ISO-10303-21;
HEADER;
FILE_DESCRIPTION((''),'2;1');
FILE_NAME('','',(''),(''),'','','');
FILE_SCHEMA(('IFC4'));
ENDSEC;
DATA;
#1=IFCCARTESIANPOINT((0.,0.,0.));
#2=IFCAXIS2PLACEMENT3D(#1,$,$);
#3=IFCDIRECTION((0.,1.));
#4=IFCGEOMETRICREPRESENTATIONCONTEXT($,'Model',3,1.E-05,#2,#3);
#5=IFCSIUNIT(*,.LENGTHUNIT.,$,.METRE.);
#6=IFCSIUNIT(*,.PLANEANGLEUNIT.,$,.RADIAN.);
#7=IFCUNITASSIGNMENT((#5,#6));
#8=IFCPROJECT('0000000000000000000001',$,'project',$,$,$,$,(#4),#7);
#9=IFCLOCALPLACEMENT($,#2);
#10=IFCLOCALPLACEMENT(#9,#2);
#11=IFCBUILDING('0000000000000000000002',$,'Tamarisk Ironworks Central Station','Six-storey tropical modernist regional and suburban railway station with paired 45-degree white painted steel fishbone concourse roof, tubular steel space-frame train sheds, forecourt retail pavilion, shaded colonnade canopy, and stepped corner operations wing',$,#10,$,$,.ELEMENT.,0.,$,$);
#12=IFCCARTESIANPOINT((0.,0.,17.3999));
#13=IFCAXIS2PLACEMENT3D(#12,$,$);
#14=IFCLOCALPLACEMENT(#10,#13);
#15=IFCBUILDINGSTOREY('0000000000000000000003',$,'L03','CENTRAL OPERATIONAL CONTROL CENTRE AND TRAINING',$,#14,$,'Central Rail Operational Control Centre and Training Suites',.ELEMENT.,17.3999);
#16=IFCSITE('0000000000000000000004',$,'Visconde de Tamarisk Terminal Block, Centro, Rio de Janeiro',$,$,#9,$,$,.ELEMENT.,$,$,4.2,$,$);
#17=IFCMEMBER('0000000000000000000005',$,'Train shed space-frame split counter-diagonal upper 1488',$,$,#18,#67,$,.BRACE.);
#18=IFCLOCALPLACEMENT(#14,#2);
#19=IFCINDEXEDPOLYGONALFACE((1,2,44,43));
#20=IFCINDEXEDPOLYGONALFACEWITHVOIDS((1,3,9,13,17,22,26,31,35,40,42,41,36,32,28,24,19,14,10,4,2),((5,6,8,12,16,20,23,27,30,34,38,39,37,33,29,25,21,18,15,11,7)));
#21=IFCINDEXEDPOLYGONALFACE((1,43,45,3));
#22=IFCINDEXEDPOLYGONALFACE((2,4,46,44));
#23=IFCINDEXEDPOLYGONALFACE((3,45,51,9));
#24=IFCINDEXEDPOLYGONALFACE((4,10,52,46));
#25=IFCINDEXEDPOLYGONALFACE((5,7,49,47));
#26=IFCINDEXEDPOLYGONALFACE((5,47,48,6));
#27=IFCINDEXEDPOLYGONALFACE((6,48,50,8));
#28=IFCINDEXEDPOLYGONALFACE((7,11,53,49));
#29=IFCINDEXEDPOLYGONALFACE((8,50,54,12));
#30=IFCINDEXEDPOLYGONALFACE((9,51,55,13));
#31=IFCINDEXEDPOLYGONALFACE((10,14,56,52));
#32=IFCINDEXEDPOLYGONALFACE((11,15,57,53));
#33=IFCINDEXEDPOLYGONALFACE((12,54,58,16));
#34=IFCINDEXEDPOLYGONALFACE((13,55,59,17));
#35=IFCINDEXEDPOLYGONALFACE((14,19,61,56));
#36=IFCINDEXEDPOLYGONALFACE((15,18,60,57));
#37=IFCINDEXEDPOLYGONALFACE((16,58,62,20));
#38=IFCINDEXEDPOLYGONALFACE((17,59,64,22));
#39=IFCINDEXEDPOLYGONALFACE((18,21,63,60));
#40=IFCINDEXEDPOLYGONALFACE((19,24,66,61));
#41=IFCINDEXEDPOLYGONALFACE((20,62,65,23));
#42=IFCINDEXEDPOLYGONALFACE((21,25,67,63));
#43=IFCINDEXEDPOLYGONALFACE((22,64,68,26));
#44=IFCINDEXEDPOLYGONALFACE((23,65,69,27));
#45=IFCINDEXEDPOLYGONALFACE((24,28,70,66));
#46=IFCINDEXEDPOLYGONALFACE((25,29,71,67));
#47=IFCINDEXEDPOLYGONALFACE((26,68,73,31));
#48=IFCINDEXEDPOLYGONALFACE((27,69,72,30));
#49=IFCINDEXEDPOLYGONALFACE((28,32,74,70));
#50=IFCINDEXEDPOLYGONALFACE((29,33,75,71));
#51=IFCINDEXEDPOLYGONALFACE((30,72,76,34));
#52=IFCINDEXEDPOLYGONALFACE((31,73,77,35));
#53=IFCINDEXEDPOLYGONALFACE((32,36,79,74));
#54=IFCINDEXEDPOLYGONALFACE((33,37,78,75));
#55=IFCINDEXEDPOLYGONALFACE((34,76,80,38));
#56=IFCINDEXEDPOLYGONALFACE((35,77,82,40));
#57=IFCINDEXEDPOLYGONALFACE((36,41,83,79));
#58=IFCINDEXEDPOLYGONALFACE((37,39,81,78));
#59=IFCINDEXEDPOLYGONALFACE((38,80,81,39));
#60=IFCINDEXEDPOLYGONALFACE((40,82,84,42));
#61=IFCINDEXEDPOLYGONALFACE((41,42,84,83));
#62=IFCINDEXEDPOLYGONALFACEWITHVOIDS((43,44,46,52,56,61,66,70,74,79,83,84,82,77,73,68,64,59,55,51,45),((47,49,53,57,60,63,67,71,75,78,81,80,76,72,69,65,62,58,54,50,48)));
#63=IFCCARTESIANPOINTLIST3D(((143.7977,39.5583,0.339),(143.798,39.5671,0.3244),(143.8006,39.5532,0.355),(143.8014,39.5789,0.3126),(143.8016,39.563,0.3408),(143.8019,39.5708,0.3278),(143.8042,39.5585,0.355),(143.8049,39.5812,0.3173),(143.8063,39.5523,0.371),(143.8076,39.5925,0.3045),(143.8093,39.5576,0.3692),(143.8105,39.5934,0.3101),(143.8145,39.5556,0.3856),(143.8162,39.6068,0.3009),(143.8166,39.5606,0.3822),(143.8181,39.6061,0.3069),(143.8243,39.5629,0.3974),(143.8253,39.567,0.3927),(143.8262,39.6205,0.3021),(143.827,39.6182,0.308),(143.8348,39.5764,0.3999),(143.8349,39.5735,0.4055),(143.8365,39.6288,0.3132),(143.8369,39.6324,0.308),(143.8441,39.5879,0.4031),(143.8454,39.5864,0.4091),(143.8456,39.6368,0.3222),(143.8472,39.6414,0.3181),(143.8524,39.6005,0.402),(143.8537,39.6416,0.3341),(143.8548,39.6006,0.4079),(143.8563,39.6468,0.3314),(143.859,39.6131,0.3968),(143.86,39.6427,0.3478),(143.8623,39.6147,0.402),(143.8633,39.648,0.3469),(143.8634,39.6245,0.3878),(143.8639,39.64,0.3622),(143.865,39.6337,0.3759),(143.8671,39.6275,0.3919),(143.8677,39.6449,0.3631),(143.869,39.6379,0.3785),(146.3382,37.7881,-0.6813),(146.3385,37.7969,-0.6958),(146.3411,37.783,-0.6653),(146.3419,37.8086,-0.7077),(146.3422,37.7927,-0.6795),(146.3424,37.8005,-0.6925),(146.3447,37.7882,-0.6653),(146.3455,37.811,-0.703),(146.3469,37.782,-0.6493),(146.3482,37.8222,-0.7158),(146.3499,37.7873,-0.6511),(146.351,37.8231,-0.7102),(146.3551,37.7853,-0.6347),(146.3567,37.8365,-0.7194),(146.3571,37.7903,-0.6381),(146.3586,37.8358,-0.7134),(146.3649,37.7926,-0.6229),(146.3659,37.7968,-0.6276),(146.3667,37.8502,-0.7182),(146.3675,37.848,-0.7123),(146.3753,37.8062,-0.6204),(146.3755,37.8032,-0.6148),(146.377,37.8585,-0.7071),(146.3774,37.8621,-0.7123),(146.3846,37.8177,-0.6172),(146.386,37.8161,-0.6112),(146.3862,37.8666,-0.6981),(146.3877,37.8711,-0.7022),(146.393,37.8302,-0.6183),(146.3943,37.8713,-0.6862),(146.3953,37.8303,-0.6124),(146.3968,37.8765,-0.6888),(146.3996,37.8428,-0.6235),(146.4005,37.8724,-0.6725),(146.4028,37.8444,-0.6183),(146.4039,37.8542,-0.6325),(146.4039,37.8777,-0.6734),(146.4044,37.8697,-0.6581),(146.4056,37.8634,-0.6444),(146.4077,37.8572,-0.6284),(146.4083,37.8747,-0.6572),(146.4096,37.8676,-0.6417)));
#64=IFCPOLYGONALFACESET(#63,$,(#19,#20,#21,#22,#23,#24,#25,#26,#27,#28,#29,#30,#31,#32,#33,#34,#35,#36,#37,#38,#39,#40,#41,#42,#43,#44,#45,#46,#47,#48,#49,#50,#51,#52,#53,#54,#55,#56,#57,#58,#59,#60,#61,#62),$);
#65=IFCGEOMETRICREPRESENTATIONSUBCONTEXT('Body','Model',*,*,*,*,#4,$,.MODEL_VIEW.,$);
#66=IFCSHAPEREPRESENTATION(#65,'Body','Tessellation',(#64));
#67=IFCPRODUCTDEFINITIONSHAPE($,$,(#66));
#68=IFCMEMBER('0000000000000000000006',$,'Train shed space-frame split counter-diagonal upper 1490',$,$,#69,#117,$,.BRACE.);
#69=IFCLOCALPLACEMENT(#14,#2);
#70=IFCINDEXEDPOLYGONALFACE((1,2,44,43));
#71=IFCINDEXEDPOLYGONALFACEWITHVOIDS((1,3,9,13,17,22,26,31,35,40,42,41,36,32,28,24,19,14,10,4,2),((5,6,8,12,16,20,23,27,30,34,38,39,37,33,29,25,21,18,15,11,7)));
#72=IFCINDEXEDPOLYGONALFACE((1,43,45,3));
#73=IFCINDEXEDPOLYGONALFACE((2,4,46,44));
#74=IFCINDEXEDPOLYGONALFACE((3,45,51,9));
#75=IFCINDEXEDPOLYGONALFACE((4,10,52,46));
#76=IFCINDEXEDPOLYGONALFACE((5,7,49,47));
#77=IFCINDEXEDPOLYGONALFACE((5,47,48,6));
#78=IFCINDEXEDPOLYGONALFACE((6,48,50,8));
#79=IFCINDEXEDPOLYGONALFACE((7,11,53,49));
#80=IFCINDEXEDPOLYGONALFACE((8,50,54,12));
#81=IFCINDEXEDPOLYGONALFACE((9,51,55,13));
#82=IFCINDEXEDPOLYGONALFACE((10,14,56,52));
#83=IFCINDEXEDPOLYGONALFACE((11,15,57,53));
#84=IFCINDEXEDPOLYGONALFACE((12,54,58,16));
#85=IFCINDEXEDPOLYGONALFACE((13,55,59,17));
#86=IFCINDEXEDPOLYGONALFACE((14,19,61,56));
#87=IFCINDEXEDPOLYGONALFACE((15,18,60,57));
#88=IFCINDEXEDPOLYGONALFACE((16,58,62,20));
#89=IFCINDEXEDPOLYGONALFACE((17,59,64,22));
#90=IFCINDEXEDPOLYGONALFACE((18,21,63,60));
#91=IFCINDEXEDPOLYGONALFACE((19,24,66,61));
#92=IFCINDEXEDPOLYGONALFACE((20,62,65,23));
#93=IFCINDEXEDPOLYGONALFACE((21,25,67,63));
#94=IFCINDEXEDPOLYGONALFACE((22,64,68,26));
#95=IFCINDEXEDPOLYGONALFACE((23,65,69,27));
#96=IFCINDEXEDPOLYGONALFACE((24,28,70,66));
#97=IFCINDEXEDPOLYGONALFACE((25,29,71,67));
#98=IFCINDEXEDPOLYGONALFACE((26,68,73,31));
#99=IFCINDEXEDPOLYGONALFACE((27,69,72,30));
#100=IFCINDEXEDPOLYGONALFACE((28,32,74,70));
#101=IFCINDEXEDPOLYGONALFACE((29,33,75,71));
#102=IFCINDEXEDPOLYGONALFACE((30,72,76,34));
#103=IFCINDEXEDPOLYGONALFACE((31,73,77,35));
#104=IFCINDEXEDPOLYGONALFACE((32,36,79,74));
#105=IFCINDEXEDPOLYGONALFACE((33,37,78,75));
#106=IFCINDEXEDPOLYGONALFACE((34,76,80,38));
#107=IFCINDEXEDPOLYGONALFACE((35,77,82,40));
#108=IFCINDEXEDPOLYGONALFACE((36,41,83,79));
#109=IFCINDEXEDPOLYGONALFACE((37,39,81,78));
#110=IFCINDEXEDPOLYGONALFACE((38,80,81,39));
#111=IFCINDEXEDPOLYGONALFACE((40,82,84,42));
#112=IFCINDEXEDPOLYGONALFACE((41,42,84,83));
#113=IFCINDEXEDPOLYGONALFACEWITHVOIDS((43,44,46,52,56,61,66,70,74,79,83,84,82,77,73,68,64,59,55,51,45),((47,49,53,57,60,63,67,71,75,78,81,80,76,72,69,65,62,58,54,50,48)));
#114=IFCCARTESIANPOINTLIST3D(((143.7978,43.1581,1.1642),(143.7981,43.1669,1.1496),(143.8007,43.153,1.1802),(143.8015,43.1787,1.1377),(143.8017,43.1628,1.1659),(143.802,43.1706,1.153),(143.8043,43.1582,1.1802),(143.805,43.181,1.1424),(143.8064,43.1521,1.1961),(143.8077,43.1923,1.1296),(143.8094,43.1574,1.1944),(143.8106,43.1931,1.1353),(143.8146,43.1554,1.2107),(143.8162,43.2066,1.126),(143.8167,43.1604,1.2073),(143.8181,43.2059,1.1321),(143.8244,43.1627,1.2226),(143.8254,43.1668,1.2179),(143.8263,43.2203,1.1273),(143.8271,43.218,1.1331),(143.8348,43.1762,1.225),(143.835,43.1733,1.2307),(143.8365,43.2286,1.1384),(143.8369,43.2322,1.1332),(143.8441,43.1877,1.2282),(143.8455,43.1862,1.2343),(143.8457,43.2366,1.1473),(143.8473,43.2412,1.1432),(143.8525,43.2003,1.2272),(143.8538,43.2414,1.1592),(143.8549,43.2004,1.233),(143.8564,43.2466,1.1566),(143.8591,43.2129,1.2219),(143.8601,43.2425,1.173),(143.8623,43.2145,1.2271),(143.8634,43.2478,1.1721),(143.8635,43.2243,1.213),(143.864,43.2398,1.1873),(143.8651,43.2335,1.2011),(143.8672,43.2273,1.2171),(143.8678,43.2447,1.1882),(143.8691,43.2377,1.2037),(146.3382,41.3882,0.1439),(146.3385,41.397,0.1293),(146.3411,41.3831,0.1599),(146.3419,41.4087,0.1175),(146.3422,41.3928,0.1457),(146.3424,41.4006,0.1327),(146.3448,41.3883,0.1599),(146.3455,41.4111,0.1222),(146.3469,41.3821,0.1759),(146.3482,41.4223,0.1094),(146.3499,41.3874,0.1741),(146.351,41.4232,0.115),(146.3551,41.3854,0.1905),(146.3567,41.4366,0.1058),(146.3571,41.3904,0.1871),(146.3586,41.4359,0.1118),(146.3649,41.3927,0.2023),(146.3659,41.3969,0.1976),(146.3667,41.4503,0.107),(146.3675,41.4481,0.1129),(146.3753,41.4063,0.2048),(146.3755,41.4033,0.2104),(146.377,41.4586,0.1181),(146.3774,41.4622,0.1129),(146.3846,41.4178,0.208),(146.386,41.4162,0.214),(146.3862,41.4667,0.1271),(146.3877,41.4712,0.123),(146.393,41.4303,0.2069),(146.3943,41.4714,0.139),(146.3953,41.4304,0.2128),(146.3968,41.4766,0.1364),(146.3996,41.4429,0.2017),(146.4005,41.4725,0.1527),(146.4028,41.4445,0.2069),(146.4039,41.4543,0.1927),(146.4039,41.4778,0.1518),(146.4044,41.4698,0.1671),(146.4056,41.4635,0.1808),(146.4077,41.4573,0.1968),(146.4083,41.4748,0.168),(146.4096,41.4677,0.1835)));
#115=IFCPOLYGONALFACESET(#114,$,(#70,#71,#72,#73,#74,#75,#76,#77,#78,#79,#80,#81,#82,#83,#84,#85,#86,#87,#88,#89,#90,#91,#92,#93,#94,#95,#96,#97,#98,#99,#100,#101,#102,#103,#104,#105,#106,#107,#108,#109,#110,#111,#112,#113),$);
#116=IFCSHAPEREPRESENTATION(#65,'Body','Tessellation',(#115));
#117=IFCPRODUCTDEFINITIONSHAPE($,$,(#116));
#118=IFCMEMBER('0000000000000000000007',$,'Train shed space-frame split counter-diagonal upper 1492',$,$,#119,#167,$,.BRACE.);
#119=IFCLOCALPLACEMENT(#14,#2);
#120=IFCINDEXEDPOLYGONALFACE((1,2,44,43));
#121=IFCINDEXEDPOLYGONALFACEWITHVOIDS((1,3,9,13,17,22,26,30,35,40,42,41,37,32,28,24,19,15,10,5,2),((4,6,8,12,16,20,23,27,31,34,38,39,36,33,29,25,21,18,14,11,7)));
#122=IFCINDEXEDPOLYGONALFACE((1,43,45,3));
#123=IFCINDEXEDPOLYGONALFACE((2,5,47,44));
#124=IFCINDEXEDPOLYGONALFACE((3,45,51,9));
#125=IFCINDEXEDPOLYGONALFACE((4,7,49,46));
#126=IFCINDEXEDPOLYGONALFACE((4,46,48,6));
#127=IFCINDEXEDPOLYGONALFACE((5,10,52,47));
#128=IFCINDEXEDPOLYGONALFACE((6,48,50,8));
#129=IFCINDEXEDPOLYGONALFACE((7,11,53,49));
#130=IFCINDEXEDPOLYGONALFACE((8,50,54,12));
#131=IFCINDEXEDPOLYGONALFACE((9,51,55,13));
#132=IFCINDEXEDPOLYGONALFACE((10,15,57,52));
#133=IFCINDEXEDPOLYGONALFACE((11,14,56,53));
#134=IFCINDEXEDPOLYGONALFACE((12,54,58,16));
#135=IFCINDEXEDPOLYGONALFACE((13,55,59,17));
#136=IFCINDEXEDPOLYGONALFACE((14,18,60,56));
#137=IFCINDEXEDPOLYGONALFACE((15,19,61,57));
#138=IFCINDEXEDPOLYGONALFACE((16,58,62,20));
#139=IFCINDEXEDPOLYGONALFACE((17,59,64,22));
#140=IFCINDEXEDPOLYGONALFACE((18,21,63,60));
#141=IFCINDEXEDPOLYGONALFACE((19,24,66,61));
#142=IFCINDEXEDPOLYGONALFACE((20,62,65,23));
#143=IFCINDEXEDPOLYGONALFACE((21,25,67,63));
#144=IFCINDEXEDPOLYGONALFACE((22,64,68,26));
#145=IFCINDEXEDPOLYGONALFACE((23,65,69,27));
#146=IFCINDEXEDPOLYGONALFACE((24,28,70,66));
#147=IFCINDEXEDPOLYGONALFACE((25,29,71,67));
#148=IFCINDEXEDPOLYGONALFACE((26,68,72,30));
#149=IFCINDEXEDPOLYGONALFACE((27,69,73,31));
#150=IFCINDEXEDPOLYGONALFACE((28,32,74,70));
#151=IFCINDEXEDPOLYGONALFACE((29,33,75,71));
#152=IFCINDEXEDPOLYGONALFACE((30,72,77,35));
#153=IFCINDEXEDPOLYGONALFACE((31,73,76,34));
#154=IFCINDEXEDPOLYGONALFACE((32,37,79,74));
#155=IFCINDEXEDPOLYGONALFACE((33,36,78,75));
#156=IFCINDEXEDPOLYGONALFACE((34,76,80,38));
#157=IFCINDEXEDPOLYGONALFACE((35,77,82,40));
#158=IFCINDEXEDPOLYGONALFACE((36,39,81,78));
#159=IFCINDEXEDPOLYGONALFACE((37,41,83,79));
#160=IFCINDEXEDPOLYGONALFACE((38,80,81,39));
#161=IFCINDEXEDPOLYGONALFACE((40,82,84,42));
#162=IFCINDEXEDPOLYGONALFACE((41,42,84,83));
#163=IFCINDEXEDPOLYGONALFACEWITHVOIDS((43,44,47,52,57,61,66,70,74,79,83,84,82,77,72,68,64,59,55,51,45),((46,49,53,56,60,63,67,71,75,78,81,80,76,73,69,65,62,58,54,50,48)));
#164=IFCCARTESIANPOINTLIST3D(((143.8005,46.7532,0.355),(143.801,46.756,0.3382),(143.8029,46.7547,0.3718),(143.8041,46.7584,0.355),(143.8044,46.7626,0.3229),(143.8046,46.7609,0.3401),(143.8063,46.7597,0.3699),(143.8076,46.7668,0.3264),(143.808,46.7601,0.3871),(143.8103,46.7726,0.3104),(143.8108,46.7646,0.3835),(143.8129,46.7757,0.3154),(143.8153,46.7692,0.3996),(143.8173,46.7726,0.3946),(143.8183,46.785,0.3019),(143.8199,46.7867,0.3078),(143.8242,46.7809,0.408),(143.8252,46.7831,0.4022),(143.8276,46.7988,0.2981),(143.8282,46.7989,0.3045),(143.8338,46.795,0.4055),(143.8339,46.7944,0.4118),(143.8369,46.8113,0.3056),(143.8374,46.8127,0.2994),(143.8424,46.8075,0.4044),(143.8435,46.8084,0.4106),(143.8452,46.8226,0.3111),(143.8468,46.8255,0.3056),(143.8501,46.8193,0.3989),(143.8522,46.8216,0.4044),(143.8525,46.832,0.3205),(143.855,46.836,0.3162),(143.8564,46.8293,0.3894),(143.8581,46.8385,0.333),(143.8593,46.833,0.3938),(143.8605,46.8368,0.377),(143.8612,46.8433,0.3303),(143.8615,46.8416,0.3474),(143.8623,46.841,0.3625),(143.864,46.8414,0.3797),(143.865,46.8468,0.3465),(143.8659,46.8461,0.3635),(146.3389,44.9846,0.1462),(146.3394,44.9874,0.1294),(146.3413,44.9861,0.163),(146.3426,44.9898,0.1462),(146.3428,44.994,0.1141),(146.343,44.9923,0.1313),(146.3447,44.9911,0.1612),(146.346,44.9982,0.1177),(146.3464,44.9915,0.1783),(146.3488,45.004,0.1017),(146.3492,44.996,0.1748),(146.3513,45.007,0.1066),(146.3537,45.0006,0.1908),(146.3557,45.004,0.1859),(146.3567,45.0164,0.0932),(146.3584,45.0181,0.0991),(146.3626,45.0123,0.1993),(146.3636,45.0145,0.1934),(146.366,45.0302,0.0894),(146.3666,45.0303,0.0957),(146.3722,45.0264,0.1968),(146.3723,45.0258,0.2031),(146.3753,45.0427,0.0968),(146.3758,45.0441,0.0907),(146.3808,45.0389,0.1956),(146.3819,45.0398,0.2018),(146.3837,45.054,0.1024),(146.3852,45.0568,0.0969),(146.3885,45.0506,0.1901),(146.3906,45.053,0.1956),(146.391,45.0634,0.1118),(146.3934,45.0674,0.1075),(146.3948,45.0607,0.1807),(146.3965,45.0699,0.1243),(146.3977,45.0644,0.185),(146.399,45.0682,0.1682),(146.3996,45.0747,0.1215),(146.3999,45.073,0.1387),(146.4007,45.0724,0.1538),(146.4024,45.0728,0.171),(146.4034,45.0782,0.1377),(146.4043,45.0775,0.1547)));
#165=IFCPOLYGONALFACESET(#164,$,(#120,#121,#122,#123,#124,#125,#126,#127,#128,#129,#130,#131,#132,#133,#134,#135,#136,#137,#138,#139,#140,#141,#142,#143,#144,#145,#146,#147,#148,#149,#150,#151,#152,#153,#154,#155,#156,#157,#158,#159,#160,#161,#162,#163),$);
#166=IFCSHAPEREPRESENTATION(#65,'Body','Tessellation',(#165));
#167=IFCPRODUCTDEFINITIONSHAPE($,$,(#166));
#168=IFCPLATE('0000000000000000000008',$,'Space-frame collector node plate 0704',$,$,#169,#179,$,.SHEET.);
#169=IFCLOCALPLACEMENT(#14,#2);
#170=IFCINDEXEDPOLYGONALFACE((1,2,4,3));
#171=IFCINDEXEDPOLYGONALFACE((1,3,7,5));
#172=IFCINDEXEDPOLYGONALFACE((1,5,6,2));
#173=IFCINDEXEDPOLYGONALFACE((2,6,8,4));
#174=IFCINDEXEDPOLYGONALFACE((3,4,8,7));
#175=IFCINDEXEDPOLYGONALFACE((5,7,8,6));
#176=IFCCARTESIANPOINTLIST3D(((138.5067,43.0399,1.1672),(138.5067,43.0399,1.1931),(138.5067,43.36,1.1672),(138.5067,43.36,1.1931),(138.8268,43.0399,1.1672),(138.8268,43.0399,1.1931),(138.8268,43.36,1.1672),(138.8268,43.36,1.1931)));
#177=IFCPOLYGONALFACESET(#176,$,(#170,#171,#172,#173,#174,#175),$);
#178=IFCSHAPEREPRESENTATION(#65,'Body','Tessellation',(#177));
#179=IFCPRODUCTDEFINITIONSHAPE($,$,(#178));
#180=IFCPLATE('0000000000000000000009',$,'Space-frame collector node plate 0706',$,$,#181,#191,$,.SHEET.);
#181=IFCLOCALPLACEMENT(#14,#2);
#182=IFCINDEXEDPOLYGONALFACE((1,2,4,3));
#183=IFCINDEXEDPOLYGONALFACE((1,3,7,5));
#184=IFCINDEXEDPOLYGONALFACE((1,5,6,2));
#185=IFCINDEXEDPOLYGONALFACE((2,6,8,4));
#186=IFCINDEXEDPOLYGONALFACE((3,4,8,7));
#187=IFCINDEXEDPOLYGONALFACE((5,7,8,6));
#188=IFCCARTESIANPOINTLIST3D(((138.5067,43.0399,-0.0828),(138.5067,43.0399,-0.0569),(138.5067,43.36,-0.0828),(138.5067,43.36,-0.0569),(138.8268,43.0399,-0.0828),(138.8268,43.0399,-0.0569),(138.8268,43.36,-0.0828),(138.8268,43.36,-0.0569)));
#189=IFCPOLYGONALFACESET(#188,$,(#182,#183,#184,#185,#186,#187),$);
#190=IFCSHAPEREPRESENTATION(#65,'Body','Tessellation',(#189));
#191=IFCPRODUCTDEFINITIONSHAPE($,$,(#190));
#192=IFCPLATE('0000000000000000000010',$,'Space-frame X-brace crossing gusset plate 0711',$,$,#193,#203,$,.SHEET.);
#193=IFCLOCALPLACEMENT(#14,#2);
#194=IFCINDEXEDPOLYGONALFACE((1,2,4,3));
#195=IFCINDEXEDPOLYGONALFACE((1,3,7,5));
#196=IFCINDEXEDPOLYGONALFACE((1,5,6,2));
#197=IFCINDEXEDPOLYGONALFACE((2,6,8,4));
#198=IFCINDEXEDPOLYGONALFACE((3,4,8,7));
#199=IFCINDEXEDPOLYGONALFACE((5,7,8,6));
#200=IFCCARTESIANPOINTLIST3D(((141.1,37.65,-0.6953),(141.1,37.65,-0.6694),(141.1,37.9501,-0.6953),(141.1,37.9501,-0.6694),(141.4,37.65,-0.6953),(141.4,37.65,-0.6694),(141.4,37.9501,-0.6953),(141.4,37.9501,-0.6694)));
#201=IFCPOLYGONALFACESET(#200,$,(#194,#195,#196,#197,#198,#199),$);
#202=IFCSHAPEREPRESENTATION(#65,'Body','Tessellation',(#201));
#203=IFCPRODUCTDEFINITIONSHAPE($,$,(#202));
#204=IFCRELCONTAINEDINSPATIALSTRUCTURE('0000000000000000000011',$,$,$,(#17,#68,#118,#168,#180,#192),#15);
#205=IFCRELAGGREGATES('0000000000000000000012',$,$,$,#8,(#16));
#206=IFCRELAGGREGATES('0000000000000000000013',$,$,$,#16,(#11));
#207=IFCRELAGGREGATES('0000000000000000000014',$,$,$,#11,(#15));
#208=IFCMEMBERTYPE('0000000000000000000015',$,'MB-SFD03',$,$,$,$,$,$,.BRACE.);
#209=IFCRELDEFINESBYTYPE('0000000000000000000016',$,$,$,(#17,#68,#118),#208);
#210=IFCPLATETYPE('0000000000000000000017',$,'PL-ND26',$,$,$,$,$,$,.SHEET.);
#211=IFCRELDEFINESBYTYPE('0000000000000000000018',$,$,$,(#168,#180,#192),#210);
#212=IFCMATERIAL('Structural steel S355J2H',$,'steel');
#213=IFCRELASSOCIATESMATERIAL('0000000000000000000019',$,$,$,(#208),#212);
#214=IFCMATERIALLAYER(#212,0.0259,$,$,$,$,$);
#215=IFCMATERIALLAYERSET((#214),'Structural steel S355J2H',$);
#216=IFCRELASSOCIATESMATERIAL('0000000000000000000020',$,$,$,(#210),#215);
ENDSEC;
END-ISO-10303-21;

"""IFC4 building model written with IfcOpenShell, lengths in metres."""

from ifc_helpers import new_model, si_unit, direction, frame, origin, origin_2d, place, context, subcontext, project, spatial, rectangle, hollow_circle, extrude, material, layer, layer_set, material_profile, profile_set, type_object, element, save


model = new_model("IFC4")

# Units and contexts
model_context = context("Model", 3, precision=1e-05, world=origin(), true_north=direction((0.0, 1.0)))
body_context = subcontext(model_context, "Body", "Model", "MODEL_VIEW")
ifc_project = project(units=[si_unit("LENGTHUNIT", "METRE"), si_unit("PLANEANGLEUNIT", "RADIAN")], contexts=[model_context])

# Site, building, storey
site_placement = place(None, origin())
site = spatial("IfcSite", under=ifc_project, at=site_placement, Name="Visconde de Tamarisk Terminal Block, Centro, Rio de Janeiro", CompositionType="ELEMENT", RefElevation=4.2)
building_placement = place(site_placement, origin())
building = spatial("IfcBuilding", under=site, at=building_placement, Name="Tamarisk Ironworks Central Station", Description="Six-storey tropical modernist regional and suburban railway station with paired 45-degree white painted steel fishbone concourse roof, tubular steel space-frame train sheds, forecourt retail pavilion, shaded colonnade canopy, and stepped corner operations wing", CompositionType="ELEMENT", ElevationOfRefHeight=0.0)
storey_placement = place(building_placement, frame((0.0, 0.0, 17.3999)))
storey = spatial("IfcBuildingStorey", under=building, at=storey_placement, Name="L03", Description="CENTRAL OPERATIONAL CONTROL CENTRE AND TRAINING", LongName="Central Rail Operational Control Centre and Training Suites", CompositionType="ELEMENT", Elevation=17.3999)

# Members
ifc_material_1 = material(Name="Structural steel S355J2H", Category="steel")
ifc_material_profile_1 = material_profile(ifc_material_1, hollow_circle(Radius=0.0571, WallThickness=0.0063, at=origin_2d()), Name="CHS 114.3x6.3")
ifc_profile_set_1 = profile_set([ifc_material_profile_1], Name="Structural steel S355J2H")
member_type_1 = type_object("IfcMemberType", Name="MB-SFD03", PredefinedType="BRACE", material=ifc_profile_set_1)
member_1_placement = place(storey_placement, frame((146.3738, 37.8298, -0.6653), z_axis=(-0.77925, 0.542989, 0.312943), x_axis=(-0.571704, -0.82046, 0.0)))
element("IfcMember", 1, at=member_1_placement, inside=storey, type_object=member_type_1, Name="Train shed space-frame split counter-diagonal upper 1488", PredefinedType="BRACE", context=body_context, shape_type="SweptSolid", body=[
    extrude(hollow_circle(Radius=0.0571, WallThickness=0.0063, at=origin_2d()), origin(), (0.0, 0.0, 1.0), 3.2603),
])
member_2_placement = place(storey_placement, frame((146.3738, 41.4299, 0.1599), z_axis=(-0.779281, 0.542936, 0.312956), x_axis=(-0.571651, -0.820497, 0.0)))
element("IfcMember", 2, at=member_2_placement, inside=storey, type_object=member_type_1, Name="Train shed space-frame split counter-diagonal upper 1490", PredefinedType="BRACE", context=body_context, shape_type="SweptSolid", body=[
    extrude(hollow_circle(Radius=0.0571, WallThickness=0.0063, at=origin_2d()), origin(), (0.0, 0.0, 1.0), 3.26),
])
member_3_placement = place(storey_placement, frame((146.3716, 45.0315, 0.1462), z_axis=(-0.818625, 0.570369, 0.06732), x_axis=(-0.571666, -0.820487, 0.0)))
element("IfcMember", 3, at=member_3_placement, inside=storey, type_object=member_type_1, Name="Train shed space-frame split counter-diagonal upper 1492", PredefinedType="BRACE", context=body_context, shape_type="SweptSolid", body=[
    extrude(hollow_circle(Radius=0.0571, WallThickness=0.0063, at=origin_2d()), origin(), (0.0, 0.0, 1.0), 3.1008),
])

# Plates
ifc_layer = layer(ifc_material_1, 0.0259)
ifc_layer_set = layer_set([ifc_layer], Name="Structural steel S355J2H")
plate_type = type_object("IfcPlateType", Name="PL-ND26", PredefinedType="SHEET", material=ifc_layer_set)
for number, where, z_axis, x_axis, name in (
    (4, (138.6667, 43.2, 1.1672), (0.0, 0.0, 1.0), (1.0, 0.0, 0.0), "Space-frame collector node plate 0704"),
    (5, (138.6667, 43.2, -0.0828), (0.0, 0.0, 1.0), (1.0, 0.0, 0.0), "Space-frame collector node plate 0706"),
):
    element("IfcPlate", number, at=place(storey_placement, frame(where, z_axis=z_axis, x_axis=x_axis)), inside=storey, type_object=plate_type, Name=name, PredefinedType="SHEET", context=body_context, shape_type="SweptSolid", body=[
        extrude(rectangle(XDim=0.3201, YDim=0.3201, at=origin_2d()), origin(), (0.0, 0.0, 1.0), 0.0259),
    ])
plate_1_placement = place(storey_placement, frame((141.25, 37.8, -0.6953), z_axis=(0.0, 0.0, 1.0), x_axis=(1.0, 0.0, 0.0)))
element("IfcPlate", 6, at=plate_1_placement, inside=storey, type_object=plate_type, Name="Space-frame X-brace crossing gusset plate 0711", PredefinedType="SHEET", context=body_context, shape_type="SweptSolid", body=[
    extrude(rectangle(XDim=0.3, YDim=0.3, at=origin_2d()), origin(), (0.0, 0.0, 1.0), 0.0259),
])

save(model, "model.ifc")
